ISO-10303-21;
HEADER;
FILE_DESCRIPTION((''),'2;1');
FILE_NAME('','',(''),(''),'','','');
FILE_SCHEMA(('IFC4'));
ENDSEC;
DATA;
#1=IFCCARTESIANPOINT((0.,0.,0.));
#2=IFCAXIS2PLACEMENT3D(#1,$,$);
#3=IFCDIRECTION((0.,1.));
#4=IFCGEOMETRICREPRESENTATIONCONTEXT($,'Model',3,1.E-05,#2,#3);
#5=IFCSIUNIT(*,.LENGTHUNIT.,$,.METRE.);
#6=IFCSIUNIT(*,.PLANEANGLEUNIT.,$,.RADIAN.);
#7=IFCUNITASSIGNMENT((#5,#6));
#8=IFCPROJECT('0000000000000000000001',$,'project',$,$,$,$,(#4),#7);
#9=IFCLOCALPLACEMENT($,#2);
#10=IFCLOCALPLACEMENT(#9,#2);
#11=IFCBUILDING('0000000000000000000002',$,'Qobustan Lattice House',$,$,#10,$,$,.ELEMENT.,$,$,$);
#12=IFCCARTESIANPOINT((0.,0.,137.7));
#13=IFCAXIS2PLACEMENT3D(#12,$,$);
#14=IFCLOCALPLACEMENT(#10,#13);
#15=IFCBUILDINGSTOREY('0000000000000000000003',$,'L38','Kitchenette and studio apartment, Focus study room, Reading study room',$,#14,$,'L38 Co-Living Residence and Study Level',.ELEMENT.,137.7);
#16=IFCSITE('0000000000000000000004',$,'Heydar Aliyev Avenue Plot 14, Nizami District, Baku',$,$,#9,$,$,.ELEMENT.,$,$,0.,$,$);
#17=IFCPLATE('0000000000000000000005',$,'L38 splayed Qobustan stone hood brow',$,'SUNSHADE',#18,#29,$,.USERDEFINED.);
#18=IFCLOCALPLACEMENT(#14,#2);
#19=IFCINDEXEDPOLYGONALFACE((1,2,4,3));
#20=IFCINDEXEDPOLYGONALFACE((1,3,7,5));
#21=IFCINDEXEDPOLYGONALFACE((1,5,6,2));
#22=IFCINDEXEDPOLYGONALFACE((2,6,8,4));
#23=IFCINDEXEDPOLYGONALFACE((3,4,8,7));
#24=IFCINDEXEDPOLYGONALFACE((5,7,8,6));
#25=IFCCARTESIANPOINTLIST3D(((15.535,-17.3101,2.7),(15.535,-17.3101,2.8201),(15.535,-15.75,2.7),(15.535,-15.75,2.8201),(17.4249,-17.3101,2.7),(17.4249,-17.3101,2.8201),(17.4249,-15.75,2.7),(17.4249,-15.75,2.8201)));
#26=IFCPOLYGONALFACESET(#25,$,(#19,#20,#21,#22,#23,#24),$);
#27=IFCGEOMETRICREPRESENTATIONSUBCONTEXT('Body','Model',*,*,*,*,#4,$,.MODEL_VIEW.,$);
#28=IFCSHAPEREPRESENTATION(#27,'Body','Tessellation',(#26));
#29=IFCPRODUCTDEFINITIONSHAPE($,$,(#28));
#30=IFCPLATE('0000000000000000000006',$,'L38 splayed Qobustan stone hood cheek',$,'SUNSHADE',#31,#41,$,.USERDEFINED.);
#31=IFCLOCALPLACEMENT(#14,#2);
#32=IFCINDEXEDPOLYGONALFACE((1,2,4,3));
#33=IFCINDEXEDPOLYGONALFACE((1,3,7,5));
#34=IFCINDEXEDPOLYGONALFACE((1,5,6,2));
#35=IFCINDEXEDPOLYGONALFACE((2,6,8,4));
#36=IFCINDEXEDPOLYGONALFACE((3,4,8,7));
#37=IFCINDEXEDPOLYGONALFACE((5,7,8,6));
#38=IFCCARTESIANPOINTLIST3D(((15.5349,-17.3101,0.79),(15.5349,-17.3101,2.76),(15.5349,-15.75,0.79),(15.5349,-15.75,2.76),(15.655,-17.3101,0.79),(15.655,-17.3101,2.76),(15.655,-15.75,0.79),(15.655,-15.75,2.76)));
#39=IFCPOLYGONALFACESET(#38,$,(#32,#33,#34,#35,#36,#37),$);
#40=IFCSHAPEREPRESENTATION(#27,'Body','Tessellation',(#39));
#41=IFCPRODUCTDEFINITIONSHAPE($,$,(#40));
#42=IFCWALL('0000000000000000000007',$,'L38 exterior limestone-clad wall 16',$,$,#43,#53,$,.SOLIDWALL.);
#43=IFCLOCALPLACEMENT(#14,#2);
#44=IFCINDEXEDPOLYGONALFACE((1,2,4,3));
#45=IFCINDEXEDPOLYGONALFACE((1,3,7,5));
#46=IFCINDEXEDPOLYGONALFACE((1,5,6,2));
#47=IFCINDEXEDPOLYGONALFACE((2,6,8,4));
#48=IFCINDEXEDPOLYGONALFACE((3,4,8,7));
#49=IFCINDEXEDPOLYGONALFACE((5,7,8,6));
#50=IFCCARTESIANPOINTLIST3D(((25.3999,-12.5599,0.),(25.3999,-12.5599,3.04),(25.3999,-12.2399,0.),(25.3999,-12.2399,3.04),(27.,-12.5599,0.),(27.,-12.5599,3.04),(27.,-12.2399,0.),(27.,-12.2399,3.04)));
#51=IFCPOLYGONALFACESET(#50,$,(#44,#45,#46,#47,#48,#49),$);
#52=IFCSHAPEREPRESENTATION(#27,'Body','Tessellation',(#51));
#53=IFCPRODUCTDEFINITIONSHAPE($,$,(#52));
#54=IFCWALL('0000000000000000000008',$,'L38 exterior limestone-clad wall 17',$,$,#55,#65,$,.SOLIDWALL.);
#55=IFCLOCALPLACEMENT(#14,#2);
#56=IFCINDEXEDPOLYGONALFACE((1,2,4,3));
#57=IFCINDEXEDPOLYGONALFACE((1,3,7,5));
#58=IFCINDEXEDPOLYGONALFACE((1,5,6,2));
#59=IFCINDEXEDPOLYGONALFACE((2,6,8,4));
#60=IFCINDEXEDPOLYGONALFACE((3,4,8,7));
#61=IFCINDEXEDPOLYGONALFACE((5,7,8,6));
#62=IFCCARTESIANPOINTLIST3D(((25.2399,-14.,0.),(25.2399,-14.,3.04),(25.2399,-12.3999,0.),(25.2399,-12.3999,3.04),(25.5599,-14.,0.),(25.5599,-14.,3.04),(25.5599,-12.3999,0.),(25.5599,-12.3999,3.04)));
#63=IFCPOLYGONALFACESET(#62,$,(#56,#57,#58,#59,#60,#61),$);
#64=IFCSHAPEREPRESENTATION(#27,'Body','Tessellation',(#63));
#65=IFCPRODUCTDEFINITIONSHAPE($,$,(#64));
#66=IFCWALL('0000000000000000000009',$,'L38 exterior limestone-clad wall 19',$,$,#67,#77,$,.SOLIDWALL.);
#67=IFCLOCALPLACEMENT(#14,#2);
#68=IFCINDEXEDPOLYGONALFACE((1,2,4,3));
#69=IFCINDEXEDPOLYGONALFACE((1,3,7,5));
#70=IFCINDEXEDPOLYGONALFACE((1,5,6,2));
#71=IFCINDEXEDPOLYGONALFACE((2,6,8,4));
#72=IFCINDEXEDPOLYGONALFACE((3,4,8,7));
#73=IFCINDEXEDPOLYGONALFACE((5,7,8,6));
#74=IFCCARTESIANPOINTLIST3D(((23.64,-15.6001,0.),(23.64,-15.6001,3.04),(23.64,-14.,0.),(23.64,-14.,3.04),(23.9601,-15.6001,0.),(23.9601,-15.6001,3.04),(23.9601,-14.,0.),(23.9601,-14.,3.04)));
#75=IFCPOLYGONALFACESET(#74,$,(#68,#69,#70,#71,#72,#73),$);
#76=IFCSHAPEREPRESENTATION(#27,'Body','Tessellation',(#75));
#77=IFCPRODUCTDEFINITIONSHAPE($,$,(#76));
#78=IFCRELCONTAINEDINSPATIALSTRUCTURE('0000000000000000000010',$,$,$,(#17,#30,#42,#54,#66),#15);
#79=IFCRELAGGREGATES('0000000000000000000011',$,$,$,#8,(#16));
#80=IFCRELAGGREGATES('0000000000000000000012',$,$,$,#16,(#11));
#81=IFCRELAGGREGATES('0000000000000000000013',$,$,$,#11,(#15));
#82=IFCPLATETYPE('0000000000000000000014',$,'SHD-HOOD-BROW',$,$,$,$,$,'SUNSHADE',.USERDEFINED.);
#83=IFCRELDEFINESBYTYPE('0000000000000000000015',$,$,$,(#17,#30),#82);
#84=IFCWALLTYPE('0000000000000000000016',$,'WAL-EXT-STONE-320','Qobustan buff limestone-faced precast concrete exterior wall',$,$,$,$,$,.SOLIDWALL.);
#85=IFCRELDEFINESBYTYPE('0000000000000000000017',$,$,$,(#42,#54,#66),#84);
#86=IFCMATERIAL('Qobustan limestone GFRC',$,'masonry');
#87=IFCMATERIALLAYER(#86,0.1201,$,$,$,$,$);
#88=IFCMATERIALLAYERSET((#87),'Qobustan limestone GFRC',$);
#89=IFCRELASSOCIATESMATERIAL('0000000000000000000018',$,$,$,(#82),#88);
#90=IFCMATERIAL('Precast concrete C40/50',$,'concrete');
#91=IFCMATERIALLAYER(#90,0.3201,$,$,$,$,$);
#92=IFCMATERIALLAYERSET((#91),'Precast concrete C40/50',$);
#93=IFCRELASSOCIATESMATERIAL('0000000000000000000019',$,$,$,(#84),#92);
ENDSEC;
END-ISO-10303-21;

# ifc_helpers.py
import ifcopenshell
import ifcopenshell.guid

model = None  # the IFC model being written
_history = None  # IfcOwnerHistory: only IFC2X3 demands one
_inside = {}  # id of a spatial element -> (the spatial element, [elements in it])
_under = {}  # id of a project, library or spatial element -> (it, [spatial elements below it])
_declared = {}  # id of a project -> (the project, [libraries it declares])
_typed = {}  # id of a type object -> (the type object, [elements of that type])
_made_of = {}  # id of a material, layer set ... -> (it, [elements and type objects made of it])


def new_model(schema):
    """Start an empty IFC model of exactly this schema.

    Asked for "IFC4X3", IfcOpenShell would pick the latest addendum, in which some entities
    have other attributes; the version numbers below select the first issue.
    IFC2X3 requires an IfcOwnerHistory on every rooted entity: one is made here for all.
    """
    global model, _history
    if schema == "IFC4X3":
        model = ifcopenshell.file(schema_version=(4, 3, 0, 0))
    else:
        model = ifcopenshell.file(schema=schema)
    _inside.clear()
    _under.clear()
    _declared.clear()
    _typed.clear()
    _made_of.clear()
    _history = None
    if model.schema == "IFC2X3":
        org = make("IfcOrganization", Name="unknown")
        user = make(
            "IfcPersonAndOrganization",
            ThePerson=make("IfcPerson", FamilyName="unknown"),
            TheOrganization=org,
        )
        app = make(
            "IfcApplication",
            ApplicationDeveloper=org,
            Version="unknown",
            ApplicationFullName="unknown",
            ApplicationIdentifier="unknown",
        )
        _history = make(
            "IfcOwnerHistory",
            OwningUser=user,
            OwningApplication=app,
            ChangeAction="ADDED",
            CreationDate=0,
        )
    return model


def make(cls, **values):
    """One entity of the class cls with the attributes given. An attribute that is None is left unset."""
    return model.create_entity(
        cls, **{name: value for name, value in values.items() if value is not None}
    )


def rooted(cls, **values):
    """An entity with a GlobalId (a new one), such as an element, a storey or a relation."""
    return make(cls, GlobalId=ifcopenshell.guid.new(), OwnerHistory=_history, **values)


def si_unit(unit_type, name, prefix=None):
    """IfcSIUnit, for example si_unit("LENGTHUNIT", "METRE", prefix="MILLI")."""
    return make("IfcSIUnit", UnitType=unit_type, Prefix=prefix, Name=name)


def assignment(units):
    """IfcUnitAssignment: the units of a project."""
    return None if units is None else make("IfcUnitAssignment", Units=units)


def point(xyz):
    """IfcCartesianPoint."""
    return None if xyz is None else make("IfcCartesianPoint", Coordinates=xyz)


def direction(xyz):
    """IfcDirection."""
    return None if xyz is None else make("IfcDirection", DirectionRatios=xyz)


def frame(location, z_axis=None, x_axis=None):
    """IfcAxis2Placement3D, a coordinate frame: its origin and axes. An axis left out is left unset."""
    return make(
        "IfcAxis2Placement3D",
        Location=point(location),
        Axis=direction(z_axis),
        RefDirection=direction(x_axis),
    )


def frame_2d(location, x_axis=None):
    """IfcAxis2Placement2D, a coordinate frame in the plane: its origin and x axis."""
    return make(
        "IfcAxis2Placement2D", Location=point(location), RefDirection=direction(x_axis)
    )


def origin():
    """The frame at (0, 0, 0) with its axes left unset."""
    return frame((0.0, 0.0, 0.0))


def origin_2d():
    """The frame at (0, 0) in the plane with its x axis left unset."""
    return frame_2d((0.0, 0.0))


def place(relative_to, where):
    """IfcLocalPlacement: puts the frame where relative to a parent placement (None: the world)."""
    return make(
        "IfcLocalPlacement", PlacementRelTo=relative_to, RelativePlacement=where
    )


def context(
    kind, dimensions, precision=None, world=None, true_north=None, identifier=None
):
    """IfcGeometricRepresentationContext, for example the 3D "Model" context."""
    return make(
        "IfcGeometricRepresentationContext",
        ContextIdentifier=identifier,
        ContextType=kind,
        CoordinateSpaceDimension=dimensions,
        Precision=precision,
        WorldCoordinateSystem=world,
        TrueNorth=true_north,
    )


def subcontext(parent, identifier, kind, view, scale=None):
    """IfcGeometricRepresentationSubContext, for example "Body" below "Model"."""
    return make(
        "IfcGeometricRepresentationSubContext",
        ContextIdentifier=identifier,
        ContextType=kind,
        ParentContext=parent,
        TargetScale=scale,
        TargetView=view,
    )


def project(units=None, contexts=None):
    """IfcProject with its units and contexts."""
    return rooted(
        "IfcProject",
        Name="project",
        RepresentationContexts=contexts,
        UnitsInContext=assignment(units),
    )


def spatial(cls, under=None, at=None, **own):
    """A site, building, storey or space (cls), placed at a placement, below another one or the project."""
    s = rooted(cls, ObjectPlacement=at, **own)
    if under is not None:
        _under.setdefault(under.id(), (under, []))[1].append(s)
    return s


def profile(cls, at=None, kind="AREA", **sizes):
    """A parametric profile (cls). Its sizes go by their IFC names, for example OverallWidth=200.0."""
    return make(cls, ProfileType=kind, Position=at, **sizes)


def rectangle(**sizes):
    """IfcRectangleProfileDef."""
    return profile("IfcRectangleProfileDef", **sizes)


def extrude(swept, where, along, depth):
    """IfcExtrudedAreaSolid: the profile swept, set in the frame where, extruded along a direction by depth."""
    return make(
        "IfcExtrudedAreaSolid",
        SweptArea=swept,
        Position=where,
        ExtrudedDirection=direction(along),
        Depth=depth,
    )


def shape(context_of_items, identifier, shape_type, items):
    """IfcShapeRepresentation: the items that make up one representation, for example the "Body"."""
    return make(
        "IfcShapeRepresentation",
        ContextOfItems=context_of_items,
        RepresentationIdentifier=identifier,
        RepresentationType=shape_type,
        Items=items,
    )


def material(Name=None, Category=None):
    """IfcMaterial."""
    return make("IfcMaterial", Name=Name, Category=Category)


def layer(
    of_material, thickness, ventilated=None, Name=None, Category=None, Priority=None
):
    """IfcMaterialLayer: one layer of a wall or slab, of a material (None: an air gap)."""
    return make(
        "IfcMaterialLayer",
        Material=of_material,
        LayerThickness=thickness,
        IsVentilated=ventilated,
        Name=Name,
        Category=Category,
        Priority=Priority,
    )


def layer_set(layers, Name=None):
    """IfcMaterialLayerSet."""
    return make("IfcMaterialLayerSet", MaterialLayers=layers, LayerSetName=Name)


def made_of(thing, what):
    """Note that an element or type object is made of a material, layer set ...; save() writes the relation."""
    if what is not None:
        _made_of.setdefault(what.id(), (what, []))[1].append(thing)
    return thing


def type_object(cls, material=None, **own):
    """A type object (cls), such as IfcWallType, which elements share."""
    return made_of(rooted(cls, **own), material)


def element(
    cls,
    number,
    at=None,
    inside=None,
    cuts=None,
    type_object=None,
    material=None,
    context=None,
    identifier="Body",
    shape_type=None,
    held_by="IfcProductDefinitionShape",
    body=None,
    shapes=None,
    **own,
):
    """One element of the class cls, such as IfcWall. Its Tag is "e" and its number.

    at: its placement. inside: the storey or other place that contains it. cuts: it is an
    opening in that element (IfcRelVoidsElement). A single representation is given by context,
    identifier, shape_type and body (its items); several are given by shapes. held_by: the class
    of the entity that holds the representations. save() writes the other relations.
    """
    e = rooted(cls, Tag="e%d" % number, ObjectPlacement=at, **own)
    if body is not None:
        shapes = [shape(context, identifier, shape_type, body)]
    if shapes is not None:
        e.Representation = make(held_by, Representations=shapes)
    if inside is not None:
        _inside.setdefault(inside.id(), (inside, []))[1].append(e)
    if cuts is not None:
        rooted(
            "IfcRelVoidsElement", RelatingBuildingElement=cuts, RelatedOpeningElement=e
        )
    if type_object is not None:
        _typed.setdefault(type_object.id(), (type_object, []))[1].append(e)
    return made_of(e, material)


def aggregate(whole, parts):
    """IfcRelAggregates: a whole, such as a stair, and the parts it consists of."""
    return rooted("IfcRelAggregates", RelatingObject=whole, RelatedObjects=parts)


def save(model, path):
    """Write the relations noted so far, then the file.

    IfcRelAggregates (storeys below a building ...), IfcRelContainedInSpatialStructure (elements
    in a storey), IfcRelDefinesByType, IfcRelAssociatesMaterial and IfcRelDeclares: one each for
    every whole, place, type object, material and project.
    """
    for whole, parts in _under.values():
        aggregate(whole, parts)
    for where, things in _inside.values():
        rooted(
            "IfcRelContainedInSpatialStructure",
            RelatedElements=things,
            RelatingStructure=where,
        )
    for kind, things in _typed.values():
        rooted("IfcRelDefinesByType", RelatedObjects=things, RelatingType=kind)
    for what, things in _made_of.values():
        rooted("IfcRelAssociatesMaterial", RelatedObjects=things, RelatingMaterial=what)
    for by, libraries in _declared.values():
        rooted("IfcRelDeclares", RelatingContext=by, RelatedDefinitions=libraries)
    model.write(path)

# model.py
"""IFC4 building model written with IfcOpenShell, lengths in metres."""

from ifc_helpers import new_model, si_unit, direction, frame, frame_2d, origin, origin_2d, place, context, subcontext, project, spatial, rectangle, extrude, material, layer, layer_set, type_object, element, save


model = new_model("IFC4")

# Units and contexts
model_context = context("Model", 3, precision=1e-05, world=origin(), true_north=direction((0.0, 1.0)))
body_context = subcontext(model_context, "Body", "Model", "MODEL_VIEW")
ifc_project = project(units=[si_unit("LENGTHUNIT", "METRE"), si_unit("PLANEANGLEUNIT", "RADIAN")], contexts=[model_context])

# Site, building, storey
site_placement = place(None, origin())
site = spatial("IfcSite", under=ifc_project, at=site_placement, Name="Heydar Aliyev Avenue Plot 14, Nizami District, Baku", CompositionType="ELEMENT", RefElevation=0.0)
building_placement = place(site_placement, origin())
building = spatial("IfcBuilding", under=site, at=building_placement, Name="Qobustan Lattice House", CompositionType="ELEMENT")
storey_placement = place(building_placement, frame((0.0, 0.0, 137.7)))
storey = spatial("IfcBuildingStorey", under=building, at=storey_placement, Name="L38", Description="Kitchenette and studio apartment, Focus study room, Reading study room", LongName="L38 Co-Living Residence and Study Level", CompositionType="ELEMENT", Elevation=137.7)

# Plates
ifc_material_1 = material(Name="Qobustan limestone GFRC", Category="masonry")
ifc_layer_1 = layer(ifc_material_1, 0.1201)
ifc_layer_set_1 = layer_set([ifc_layer_1], Name="Qobustan limestone GFRC")
plate_type_1 = type_object("IfcPlateType", Name="SHD-HOOD-BROW", ElementType="SUNSHADE", PredefinedType="USERDEFINED", material=ifc_layer_set_1)
plate_1_placement = place(storey_placement, frame((16.48, -16.53, 2.7), z_axis=(0.0, 0.0, 1.0), x_axis=(-1.0, 0.0, 0.0)))
element("IfcPlate", 1, at=plate_1_placement, inside=storey, type_object=plate_type_1, Name="L38 splayed Qobustan stone hood brow", ObjectType="SUNSHADE", PredefinedType="USERDEFINED", context=body_context, shape_type="SweptSolid", body=[
    extrude(rectangle(XDim=1.8899, YDim=1.5601, at=origin_2d()), origin(), (0.0, 0.0, 1.0), 0.1201),
])
plate_2_placement = place(storey_placement, frame((15.595, -16.53, 0.79), z_axis=(0.0, 0.0, 1.0), x_axis=(-1.0, 0.0, 0.0)))
element("IfcPlate", 2, at=plate_2_placement, inside=storey, type_object=plate_type_1, Name="L38 splayed Qobustan stone hood cheek", ObjectType="SUNSHADE", PredefinedType="USERDEFINED", context=body_context, shape_type="SweptSolid", body=[
    extrude(rectangle(XDim=0.1201, YDim=1.5601, at=origin_2d()), origin(), (0.0, 0.0, 1.0), 1.97),
])

# Walls
ifc_material_2 = material(Name="Precast concrete C40/50", Category="concrete")
ifc_layer_2 = layer(ifc_material_2, 0.3201)
ifc_layer_set_2 = layer_set([ifc_layer_2], Name="Precast concrete C40/50")
wall_type_1 = type_object("IfcWallType", Name="WAL-EXT-STONE-320", Description="Qobustan buff limestone-faced precast concrete exterior wall", PredefinedType="SOLIDWALL", material=ifc_layer_set_2)
for number, where, z_axis, x_axis, name in (
    (3, (27.0, -12.3999, 0.0), (0.0, 0.0, 1.0), (-1.0, 0.0, 0.0), "L38 exterior limestone-clad wall 16"),
    (4, (25.3999, -12.3999, 0.0), (0.0, 0.0, 1.0), (0.0, -1.0, 0.0), "L38 exterior limestone-clad wall 17"),
    (5, (23.8, -14.0, 0.0), (0.0, 0.0, 1.0), (0.0, -1.0, 0.0), "L38 exterior limestone-clad wall 19"),
):
    element("IfcWall", number, at=place(storey_placement, frame(where, z_axis=z_axis, x_axis=x_axis)), inside=storey, type_object=wall_type_1, Name=name, PredefinedType="SOLIDWALL", context=body_context, shape_type="SweptSolid", body=[
        extrude(rectangle(XDim=1.6001, YDim=0.3201, at=frame_2d((0.8, 0.0))), origin(), (0.0, 0.0, 1.0), 3.04),
    ])

save(model, "model.ifc")
